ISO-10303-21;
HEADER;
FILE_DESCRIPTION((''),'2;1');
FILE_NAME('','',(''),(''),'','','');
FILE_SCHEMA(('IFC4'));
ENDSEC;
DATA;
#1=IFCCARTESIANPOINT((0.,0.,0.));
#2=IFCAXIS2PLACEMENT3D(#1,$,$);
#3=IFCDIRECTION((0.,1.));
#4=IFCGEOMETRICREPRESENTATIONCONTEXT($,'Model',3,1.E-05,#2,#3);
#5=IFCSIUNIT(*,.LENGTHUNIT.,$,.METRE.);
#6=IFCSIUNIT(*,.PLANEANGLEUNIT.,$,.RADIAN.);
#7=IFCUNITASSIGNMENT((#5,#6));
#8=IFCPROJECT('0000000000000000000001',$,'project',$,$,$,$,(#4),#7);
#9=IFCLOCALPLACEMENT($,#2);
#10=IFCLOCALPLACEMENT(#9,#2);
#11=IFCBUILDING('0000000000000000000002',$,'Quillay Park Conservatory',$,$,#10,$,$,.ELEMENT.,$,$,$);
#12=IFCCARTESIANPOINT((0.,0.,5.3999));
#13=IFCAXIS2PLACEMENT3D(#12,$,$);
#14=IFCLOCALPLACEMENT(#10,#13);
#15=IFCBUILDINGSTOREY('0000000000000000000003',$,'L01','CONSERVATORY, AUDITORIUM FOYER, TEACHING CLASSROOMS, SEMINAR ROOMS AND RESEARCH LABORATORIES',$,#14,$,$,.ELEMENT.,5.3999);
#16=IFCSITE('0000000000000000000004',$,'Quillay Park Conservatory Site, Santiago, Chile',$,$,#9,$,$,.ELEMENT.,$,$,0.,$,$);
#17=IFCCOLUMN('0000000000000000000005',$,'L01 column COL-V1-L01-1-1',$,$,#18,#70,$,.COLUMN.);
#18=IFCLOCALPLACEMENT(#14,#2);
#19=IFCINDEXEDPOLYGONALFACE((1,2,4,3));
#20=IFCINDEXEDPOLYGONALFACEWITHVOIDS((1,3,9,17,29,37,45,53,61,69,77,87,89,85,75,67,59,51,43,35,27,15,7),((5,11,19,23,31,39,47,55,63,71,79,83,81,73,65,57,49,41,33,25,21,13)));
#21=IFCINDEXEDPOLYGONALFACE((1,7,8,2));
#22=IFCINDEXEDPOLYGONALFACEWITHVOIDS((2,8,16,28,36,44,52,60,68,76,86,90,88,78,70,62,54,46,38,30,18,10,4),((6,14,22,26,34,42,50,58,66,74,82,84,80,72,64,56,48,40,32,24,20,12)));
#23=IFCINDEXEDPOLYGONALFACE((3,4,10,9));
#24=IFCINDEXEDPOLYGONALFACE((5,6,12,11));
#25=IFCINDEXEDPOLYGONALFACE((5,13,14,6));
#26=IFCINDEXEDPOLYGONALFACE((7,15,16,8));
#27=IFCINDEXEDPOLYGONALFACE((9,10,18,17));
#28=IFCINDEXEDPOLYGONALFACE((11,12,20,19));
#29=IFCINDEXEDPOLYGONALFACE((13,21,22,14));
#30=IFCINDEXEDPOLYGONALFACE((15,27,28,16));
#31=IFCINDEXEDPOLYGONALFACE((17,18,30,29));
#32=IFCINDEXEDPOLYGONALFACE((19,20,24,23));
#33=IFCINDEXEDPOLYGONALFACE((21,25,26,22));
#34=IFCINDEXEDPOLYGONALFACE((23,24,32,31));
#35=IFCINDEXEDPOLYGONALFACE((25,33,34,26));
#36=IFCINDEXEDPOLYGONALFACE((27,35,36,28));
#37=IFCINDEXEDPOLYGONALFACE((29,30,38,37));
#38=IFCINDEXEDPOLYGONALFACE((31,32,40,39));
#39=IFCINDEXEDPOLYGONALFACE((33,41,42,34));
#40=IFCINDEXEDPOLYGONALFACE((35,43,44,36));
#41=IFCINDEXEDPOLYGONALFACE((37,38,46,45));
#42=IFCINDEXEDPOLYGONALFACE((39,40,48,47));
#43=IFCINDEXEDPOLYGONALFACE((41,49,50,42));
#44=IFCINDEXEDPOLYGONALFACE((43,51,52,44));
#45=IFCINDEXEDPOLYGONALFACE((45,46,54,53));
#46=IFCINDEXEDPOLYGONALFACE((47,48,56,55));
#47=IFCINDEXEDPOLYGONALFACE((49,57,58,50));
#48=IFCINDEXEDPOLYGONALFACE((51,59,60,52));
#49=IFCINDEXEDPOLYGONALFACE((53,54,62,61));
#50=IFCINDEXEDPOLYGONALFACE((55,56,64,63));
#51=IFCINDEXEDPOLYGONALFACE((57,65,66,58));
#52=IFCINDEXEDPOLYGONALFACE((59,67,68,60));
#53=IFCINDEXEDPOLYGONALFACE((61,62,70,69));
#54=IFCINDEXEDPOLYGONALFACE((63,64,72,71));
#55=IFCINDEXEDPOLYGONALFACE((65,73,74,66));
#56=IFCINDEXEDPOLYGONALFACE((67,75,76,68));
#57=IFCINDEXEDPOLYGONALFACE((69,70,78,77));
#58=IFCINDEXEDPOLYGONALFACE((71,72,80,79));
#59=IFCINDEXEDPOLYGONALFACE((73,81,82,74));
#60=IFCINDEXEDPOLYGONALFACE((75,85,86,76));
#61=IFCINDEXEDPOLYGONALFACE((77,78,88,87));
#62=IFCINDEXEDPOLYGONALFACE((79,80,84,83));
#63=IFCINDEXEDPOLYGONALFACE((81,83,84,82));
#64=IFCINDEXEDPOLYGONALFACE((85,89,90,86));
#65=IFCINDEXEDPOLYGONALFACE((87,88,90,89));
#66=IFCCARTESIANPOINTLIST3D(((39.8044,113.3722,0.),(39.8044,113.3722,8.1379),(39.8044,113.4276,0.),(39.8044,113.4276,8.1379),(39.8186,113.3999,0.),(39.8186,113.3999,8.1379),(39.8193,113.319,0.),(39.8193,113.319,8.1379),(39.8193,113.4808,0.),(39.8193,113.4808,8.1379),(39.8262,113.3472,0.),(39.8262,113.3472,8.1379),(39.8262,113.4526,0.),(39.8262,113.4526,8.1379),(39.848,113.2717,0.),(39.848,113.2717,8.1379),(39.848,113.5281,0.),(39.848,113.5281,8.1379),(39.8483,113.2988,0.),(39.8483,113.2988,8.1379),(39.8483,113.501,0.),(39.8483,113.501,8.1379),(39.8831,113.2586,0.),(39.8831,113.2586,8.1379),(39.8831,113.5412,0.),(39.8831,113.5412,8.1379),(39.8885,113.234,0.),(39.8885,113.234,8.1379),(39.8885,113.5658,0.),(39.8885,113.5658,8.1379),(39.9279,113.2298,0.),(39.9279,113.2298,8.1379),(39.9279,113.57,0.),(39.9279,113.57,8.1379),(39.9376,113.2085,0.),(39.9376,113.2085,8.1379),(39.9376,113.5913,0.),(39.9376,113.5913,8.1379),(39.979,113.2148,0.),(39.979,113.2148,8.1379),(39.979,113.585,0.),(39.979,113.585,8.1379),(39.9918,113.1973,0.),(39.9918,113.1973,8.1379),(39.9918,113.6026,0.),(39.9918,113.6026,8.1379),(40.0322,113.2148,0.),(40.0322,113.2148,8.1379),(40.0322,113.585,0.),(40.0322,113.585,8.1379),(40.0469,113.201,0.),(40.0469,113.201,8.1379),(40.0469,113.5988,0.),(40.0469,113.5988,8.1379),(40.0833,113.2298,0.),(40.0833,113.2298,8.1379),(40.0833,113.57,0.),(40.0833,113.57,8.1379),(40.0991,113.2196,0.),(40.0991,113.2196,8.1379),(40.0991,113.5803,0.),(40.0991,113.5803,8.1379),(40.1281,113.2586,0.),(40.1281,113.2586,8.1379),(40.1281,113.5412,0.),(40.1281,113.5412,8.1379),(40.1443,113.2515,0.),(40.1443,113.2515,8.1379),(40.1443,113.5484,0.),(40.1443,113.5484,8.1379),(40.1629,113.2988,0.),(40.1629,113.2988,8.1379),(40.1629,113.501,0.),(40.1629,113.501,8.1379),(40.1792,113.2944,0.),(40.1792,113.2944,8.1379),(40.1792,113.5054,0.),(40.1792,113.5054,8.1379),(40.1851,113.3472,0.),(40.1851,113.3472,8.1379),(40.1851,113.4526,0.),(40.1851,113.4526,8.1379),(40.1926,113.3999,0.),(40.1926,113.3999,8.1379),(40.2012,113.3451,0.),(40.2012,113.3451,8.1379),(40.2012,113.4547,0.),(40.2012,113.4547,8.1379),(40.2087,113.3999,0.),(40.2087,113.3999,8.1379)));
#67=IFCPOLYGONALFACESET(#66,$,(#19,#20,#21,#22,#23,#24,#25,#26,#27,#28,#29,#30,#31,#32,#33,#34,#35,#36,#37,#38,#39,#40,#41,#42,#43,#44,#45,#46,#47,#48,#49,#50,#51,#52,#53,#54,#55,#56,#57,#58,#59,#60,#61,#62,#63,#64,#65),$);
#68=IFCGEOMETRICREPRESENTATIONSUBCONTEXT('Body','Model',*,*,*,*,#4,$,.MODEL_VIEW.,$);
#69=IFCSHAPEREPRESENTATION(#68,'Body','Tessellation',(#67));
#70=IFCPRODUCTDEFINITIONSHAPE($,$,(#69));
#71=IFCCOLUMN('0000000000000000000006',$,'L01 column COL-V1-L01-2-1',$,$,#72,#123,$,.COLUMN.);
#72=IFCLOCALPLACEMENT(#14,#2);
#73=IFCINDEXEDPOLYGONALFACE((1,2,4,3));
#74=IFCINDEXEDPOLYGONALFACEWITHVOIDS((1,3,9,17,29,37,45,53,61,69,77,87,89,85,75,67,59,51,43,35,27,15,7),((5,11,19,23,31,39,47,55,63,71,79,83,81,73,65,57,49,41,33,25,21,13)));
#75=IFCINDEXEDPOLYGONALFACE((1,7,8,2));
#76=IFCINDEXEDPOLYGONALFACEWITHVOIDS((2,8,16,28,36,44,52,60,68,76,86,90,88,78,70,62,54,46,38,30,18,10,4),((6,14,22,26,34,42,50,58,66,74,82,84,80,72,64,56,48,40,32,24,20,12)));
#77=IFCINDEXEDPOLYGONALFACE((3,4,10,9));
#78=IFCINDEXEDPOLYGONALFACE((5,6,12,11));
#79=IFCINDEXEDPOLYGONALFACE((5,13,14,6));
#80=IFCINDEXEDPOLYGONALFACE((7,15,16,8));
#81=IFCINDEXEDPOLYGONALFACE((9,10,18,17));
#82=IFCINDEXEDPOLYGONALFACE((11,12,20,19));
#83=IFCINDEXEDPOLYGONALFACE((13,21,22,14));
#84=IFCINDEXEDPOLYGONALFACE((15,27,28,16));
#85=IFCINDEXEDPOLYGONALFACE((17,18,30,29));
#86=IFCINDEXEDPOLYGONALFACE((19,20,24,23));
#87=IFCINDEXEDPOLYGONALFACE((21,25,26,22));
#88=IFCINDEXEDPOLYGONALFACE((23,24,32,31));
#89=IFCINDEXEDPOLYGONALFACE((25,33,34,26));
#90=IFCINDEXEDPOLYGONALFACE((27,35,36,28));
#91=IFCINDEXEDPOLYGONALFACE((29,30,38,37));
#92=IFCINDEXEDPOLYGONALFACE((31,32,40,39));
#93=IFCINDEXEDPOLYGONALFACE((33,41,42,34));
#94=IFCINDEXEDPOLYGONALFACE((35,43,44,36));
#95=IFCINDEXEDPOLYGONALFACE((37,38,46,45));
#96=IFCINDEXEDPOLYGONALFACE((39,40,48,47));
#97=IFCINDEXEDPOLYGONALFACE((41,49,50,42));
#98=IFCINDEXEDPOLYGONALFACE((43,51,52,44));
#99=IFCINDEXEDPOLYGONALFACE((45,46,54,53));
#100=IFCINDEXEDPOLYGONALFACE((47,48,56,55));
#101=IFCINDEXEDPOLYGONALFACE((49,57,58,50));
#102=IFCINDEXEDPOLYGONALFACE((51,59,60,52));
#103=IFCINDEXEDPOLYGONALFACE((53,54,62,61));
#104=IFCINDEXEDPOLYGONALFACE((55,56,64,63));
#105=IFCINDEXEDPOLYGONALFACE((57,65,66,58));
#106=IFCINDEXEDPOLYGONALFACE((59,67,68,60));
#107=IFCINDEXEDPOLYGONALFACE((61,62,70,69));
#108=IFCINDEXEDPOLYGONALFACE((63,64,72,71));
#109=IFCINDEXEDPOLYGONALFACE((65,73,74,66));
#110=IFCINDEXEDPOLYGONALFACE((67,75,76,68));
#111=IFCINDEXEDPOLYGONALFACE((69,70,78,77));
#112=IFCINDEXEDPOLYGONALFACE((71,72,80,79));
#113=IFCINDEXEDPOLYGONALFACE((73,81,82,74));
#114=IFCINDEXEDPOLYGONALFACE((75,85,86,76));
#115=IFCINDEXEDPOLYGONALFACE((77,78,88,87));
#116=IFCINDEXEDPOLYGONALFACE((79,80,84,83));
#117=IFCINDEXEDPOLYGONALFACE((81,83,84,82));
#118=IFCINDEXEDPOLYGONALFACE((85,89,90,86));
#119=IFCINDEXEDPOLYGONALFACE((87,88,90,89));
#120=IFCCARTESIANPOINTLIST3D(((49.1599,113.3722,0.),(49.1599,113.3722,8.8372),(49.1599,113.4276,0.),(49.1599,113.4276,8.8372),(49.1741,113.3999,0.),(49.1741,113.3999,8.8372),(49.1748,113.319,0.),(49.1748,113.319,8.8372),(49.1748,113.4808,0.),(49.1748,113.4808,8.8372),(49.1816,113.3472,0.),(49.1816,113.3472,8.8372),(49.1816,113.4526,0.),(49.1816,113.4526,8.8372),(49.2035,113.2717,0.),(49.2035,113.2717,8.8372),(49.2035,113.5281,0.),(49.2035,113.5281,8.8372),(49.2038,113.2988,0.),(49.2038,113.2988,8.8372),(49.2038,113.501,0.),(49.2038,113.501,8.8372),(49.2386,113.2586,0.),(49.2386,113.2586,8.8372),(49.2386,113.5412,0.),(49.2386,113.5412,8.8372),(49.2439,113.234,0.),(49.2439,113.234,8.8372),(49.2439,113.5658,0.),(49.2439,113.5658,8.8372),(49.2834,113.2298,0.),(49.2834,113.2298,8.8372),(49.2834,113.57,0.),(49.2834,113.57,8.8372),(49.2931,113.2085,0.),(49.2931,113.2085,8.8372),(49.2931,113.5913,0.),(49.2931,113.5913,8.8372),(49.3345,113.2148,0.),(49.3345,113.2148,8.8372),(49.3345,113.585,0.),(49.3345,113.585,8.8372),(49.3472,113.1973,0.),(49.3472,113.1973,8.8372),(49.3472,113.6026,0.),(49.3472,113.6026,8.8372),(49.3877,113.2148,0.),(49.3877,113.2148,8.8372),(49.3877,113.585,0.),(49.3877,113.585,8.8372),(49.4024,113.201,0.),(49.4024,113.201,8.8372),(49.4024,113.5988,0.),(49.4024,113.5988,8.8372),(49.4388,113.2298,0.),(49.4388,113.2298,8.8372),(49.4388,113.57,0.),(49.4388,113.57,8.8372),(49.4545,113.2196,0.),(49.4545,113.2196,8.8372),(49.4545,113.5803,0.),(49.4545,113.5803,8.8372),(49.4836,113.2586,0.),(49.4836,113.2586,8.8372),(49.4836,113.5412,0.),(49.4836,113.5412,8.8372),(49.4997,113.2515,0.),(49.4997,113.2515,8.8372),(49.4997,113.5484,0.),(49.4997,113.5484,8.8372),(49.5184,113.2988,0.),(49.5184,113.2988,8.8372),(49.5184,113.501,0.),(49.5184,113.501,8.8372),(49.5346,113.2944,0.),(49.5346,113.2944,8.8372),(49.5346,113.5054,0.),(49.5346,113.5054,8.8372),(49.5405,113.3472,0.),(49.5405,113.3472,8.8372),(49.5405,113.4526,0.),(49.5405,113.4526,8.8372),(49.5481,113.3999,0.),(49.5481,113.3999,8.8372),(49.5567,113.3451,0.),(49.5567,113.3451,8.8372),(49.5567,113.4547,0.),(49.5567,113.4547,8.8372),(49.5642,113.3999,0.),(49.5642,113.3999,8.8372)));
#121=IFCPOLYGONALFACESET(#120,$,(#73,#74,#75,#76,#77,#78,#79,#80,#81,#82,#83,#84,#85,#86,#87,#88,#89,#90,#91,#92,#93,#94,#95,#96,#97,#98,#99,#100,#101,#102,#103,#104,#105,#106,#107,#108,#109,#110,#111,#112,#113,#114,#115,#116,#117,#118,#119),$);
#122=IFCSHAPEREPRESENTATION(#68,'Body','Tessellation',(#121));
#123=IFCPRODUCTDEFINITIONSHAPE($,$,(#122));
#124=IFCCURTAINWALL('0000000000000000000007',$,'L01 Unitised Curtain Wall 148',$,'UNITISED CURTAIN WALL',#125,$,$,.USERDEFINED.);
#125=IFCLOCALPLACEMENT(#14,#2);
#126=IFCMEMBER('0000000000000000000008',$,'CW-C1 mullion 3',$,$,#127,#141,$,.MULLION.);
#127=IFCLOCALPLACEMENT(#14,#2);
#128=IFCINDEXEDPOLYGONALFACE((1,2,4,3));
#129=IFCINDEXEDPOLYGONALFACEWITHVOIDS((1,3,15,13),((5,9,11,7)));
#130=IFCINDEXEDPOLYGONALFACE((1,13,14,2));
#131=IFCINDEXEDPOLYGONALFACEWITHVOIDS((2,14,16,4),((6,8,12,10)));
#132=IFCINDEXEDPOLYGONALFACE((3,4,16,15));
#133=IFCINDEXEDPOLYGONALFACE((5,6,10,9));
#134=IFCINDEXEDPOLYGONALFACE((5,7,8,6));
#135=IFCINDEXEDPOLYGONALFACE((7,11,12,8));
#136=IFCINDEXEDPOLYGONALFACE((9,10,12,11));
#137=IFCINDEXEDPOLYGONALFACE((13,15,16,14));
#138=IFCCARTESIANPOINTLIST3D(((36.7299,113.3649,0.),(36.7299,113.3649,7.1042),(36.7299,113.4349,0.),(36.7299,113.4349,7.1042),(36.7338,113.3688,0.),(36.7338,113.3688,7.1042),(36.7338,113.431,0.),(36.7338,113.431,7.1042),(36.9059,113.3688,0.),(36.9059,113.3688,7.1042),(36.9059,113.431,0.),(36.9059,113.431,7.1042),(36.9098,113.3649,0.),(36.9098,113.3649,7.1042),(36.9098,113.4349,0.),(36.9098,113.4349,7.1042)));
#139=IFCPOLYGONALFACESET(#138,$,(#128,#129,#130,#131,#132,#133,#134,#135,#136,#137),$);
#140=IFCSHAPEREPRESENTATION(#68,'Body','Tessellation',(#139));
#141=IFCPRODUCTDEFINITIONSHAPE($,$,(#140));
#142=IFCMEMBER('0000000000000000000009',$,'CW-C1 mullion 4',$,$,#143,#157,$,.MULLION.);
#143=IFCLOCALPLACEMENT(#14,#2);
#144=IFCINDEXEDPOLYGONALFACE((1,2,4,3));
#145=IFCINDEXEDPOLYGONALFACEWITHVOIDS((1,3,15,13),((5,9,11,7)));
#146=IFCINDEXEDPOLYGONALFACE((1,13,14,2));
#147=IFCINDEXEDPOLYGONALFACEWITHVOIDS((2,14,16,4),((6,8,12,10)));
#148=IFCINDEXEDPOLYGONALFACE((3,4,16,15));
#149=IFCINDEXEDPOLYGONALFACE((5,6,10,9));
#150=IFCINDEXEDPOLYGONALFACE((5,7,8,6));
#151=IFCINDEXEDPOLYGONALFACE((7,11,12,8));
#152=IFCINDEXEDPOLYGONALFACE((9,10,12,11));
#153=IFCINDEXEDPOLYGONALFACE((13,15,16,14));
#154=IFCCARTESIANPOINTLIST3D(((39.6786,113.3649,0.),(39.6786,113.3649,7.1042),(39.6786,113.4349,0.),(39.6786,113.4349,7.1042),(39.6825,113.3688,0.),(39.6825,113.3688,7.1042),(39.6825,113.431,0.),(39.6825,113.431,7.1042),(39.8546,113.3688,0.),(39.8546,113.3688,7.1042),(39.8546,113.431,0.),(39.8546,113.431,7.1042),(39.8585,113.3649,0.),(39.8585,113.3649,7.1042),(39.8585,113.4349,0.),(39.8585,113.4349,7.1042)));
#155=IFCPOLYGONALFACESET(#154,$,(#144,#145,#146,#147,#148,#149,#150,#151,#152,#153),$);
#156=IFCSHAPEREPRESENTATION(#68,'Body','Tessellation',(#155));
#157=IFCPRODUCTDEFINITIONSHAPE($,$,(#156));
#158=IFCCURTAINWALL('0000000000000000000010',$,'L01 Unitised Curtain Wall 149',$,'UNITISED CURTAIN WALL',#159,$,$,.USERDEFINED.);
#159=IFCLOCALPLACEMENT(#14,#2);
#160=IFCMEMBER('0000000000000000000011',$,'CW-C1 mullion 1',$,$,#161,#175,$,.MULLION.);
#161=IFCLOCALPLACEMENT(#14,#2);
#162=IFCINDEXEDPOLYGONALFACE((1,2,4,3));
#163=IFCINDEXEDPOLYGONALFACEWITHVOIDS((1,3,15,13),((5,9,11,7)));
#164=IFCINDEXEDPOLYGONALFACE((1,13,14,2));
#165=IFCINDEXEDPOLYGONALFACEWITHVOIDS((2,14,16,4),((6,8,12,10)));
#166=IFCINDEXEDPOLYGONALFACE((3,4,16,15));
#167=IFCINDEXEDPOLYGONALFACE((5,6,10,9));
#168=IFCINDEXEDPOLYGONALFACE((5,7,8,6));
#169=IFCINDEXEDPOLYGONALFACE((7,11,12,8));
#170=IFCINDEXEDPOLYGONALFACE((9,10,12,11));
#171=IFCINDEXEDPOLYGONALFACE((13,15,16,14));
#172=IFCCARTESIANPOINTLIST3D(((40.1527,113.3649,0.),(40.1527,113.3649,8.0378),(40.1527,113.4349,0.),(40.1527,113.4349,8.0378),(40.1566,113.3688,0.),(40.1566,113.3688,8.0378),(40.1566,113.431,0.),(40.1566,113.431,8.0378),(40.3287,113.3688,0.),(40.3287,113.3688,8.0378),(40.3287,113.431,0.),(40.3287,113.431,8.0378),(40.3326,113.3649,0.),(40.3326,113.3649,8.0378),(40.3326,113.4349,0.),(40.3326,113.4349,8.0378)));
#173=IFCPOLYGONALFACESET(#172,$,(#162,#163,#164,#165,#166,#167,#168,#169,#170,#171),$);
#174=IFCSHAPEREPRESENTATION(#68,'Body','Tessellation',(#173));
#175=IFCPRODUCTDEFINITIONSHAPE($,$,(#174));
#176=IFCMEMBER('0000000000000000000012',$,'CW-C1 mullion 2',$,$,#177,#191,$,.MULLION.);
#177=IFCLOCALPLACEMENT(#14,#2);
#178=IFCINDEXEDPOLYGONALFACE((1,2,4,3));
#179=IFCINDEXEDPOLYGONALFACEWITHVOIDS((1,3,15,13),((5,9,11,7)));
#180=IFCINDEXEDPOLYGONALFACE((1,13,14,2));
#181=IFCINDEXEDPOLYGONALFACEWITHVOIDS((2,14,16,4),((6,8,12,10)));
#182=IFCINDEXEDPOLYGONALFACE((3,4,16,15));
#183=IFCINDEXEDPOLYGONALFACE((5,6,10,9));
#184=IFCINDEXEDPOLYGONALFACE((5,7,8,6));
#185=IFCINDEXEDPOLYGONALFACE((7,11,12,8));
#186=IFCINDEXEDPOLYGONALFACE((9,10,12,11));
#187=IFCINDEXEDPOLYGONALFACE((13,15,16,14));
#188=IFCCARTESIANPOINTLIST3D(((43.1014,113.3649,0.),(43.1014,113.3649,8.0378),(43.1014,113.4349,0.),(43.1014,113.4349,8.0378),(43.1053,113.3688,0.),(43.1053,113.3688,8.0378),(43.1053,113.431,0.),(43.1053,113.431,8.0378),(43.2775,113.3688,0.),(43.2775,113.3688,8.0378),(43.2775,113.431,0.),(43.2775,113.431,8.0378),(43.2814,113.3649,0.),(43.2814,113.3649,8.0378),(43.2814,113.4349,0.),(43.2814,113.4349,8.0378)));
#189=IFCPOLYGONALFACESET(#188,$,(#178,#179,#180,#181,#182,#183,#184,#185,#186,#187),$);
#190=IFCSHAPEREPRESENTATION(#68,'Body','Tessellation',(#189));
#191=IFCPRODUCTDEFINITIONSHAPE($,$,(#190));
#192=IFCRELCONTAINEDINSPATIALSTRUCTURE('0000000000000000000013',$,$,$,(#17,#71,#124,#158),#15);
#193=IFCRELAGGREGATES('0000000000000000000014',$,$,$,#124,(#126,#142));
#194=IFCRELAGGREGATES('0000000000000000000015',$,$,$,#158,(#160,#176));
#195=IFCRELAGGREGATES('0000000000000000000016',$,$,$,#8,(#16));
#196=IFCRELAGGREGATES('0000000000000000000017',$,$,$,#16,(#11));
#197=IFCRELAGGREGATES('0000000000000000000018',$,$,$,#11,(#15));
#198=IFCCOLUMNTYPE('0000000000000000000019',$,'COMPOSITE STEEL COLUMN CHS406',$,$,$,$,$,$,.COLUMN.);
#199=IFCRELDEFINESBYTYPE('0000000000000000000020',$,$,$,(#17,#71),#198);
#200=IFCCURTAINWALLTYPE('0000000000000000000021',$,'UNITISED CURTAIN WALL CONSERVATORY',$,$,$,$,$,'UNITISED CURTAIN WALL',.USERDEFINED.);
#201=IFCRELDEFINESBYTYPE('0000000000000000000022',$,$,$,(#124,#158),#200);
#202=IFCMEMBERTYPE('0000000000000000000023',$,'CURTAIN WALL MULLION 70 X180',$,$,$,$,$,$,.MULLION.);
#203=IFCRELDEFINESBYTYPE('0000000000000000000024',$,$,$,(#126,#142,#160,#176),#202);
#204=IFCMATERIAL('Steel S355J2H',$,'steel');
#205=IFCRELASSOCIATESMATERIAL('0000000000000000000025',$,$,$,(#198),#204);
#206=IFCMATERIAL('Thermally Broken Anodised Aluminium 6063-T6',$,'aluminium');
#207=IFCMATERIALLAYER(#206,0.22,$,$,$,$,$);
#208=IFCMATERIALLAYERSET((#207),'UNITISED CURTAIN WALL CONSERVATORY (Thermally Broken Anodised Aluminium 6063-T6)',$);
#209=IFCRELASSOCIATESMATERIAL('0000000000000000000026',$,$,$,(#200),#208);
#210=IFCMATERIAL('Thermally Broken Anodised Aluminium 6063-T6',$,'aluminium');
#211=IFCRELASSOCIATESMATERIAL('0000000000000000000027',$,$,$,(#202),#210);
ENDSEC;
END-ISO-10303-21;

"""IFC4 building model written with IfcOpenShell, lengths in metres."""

from ifc_helpers import new_model, si_unit, direction, frame, origin, origin_2d, place, context, subcontext, project, spatial, hollow_rectangle, hollow_circle, extrude, material, layer, layer_set, material_profile, profile_set, type_object, element, aggregate, save


model = new_model("IFC4")

# Units and contexts
model_context = context("Model", 3, precision=1e-05, world=origin(), true_north=direction((0.0, 1.0)))
body_context = subcontext(model_context, "Body", "Model", "MODEL_VIEW")
ifc_project = project(units=[si_unit("LENGTHUNIT", "METRE"), si_unit("PLANEANGLEUNIT", "RADIAN")], contexts=[model_context])

# Site, building, storey
site_placement = place(None, origin())
site = spatial("IfcSite", under=ifc_project, at=site_placement, Name="Quillay Park Conservatory Site, Santiago, Chile", CompositionType="ELEMENT", RefElevation=0.0)
building_placement = place(site_placement, origin())
building = spatial("IfcBuilding", under=site, at=building_placement, Name="Quillay Park Conservatory", CompositionType="ELEMENT")
storey_placement = place(building_placement, frame((0.0, 0.0, 5.3999)))
storey = spatial("IfcBuildingStorey", under=building, at=storey_placement, Name="L01", Description="CONSERVATORY, AUDITORIUM FOYER, TEACHING CLASSROOMS, SEMINAR ROOMS AND RESEARCH LABORATORIES", CompositionType="ELEMENT", Elevation=5.3999)

# Columns
ifc_material_1 = material(Name="Steel S355J2H", Category="steel")
ifc_material_profile_1 = material_profile(ifc_material_1, hollow_circle(Radius=0.2031, WallThickness=0.0161, at=origin_2d()), Name="CHS406.4x16")
ifc_profile_set_1 = profile_set([ifc_material_profile_1], Name="Steel S355J2H")
column_type = type_object("IfcColumnType", Name="COMPOSITE STEEL COLUMN CHS406", PredefinedType="COLUMN", material=ifc_profile_set_1)
column_1_placement = place(storey_placement, frame((40.0056, 113.3999, 0.0), z_axis=(0.0, 0.0, 1.0), x_axis=(1.0, 0.0, 0.0)))
element("IfcColumn", 1, at=column_1_placement, inside=storey, type_object=column_type, Name="L01 column COL-V1-L01-1-1", PredefinedType="COLUMN", context=body_context, shape_type="SweptSolid", body=[
    extrude(hollow_circle(Radius=0.2031, WallThickness=0.0161, at=origin_2d()), origin(), (0.0, 0.0, 1.0), 8.1379),
])
column_2_placement = place(storey_placement, frame((49.3611, 113.3999, 0.0), z_axis=(0.0, 0.0, 1.0), x_axis=(1.0, 0.0, 0.0)))
element("IfcColumn", 2, at=column_2_placement, inside=storey, type_object=column_type, Name="L01 column COL-V1-L01-2-1", PredefinedType="COLUMN", context=body_context, shape_type="SweptSolid", body=[
    extrude(hollow_circle(Radius=0.2031, WallThickness=0.0161, at=origin_2d()), origin(), (0.0, 0.0, 1.0), 8.8372),
])

# Curtain walls, members
ifc_material_2 = material(Name="Thermally Broken Anodised Aluminium 6063-T6", Category="aluminium")
ifc_layer_1 = layer(ifc_material_2, 0.22)
ifc_layer_set_1 = layer_set([ifc_layer_1], Name="UNITISED CURTAIN WALL CONSERVATORY (Thermally Broken Anodised Aluminium 6063-T6)")
curtain_wall_type = type_object("IfcCurtainWallType", Name="UNITISED CURTAIN WALL CONSERVATORY", ElementType="UNITISED CURTAIN WALL", PredefinedType="USERDEFINED", material=ifc_layer_set_1)
curtain_wall_1_placement = place(storey_placement, origin())
curtain_wall_1 = element("IfcCurtainWall", 3, at=curtain_wall_1_placement, inside=storey, type_object=curtain_wall_type, Name="L01 Unitised Curtain Wall 148", ObjectType="UNITISED CURTAIN WALL", PredefinedType="USERDEFINED")
ifc_material_3 = material(Name="Thermally Broken Anodised Aluminium 6063-T6", Category="aluminium")
ifc_material_profile_2 = material_profile(ifc_material_3, hollow_rectangle(XDim=0.0701, YDim=0.1799, WallThickness=0.0039, at=origin_2d()), Name="AL70x180x4")
ifc_profile_set_2 = profile_set([ifc_material_profile_2], Name="Thermally Broken Anodised Aluminium 6063-T6")
member_type_1 = type_object("IfcMemberType", Name="CURTAIN WALL MULLION 70 X180", PredefinedType="MULLION", material=ifc_profile_set_2)
member_1_placement = place(storey_placement, frame((36.8198, 113.3999, 0.0), z_axis=(0.0, 0.0, 1.0), x_axis=(0.0, 1.0, 0.0)))
member_1 = element("IfcMember", 4, at=member_1_placement, type_object=member_type_1, Name="CW-C1 mullion 3", PredefinedType="MULLION", context=body_context, shape_type="SweptSolid", body=[
    extrude(hollow_rectangle(XDim=0.0701, YDim=0.1799, WallThickness=0.0039, at=origin_2d()), origin(), (0.0, 0.0, 1.0), 7.1042),
])
member_2_placement = place(storey_placement, frame((39.7686, 113.3999, 0.0), z_axis=(0.0, 0.0, 1.0), x_axis=(0.0, 1.0, 0.0)))
member_2 = element("IfcMember", 5, at=member_2_placement, type_object=member_type_1, Name="CW-C1 mullion 4", PredefinedType="MULLION", context=body_context, shape_type="SweptSolid", body=[
    extrude(hollow_rectangle(XDim=0.0701, YDim=0.1799, WallThickness=0.0039, at=origin_2d()), origin(), (0.0, 0.0, 1.0), 7.1042),
])
curtain_wall_2_placement = place(storey_placement, origin())
curtain_wall_2 = element("IfcCurtainWall", 6, at=curtain_wall_2_placement, inside=storey, type_object=curtain_wall_type, Name="L01 Unitised Curtain Wall 149", ObjectType="UNITISED CURTAIN WALL", PredefinedType="USERDEFINED")
member_3_placement = place(storey_placement, frame((40.2427, 113.3999, 0.0), z_axis=(0.0, 0.0, 1.0), x_axis=(0.0, 1.0, 0.0)))
member_3 = element("IfcMember", 7, at=member_3_placement, type_object=member_type_1, Name="CW-C1 mullion 1", PredefinedType="MULLION", context=body_context, shape_type="SweptSolid", body=[
    extrude(hollow_rectangle(XDim=0.0701, YDim=0.1799, WallThickness=0.0039, at=origin_2d()), origin(), (0.0, 0.0, 1.0), 8.0378),
])
member_4_placement = place(storey_placement, frame((43.1914, 113.3999, 0.0), z_axis=(0.0, 0.0, 1.0), x_axis=(0.0, 1.0, 0.0)))
member_4 = element("IfcMember", 8, at=member_4_placement, type_object=member_type_1, Name="CW-C1 mullion 2", PredefinedType="MULLION", context=body_context, shape_type="SweptSolid", body=[
    extrude(hollow_rectangle(XDim=0.0701, YDim=0.1799, WallThickness=0.0039, at=origin_2d()), origin(), (0.0, 0.0, 1.0), 8.0378),
])

aggregate(curtain_wall_1, [member_1, member_2])
aggregate(curtain_wall_2, [member_3, member_4])

save(model, "model.ifc")
